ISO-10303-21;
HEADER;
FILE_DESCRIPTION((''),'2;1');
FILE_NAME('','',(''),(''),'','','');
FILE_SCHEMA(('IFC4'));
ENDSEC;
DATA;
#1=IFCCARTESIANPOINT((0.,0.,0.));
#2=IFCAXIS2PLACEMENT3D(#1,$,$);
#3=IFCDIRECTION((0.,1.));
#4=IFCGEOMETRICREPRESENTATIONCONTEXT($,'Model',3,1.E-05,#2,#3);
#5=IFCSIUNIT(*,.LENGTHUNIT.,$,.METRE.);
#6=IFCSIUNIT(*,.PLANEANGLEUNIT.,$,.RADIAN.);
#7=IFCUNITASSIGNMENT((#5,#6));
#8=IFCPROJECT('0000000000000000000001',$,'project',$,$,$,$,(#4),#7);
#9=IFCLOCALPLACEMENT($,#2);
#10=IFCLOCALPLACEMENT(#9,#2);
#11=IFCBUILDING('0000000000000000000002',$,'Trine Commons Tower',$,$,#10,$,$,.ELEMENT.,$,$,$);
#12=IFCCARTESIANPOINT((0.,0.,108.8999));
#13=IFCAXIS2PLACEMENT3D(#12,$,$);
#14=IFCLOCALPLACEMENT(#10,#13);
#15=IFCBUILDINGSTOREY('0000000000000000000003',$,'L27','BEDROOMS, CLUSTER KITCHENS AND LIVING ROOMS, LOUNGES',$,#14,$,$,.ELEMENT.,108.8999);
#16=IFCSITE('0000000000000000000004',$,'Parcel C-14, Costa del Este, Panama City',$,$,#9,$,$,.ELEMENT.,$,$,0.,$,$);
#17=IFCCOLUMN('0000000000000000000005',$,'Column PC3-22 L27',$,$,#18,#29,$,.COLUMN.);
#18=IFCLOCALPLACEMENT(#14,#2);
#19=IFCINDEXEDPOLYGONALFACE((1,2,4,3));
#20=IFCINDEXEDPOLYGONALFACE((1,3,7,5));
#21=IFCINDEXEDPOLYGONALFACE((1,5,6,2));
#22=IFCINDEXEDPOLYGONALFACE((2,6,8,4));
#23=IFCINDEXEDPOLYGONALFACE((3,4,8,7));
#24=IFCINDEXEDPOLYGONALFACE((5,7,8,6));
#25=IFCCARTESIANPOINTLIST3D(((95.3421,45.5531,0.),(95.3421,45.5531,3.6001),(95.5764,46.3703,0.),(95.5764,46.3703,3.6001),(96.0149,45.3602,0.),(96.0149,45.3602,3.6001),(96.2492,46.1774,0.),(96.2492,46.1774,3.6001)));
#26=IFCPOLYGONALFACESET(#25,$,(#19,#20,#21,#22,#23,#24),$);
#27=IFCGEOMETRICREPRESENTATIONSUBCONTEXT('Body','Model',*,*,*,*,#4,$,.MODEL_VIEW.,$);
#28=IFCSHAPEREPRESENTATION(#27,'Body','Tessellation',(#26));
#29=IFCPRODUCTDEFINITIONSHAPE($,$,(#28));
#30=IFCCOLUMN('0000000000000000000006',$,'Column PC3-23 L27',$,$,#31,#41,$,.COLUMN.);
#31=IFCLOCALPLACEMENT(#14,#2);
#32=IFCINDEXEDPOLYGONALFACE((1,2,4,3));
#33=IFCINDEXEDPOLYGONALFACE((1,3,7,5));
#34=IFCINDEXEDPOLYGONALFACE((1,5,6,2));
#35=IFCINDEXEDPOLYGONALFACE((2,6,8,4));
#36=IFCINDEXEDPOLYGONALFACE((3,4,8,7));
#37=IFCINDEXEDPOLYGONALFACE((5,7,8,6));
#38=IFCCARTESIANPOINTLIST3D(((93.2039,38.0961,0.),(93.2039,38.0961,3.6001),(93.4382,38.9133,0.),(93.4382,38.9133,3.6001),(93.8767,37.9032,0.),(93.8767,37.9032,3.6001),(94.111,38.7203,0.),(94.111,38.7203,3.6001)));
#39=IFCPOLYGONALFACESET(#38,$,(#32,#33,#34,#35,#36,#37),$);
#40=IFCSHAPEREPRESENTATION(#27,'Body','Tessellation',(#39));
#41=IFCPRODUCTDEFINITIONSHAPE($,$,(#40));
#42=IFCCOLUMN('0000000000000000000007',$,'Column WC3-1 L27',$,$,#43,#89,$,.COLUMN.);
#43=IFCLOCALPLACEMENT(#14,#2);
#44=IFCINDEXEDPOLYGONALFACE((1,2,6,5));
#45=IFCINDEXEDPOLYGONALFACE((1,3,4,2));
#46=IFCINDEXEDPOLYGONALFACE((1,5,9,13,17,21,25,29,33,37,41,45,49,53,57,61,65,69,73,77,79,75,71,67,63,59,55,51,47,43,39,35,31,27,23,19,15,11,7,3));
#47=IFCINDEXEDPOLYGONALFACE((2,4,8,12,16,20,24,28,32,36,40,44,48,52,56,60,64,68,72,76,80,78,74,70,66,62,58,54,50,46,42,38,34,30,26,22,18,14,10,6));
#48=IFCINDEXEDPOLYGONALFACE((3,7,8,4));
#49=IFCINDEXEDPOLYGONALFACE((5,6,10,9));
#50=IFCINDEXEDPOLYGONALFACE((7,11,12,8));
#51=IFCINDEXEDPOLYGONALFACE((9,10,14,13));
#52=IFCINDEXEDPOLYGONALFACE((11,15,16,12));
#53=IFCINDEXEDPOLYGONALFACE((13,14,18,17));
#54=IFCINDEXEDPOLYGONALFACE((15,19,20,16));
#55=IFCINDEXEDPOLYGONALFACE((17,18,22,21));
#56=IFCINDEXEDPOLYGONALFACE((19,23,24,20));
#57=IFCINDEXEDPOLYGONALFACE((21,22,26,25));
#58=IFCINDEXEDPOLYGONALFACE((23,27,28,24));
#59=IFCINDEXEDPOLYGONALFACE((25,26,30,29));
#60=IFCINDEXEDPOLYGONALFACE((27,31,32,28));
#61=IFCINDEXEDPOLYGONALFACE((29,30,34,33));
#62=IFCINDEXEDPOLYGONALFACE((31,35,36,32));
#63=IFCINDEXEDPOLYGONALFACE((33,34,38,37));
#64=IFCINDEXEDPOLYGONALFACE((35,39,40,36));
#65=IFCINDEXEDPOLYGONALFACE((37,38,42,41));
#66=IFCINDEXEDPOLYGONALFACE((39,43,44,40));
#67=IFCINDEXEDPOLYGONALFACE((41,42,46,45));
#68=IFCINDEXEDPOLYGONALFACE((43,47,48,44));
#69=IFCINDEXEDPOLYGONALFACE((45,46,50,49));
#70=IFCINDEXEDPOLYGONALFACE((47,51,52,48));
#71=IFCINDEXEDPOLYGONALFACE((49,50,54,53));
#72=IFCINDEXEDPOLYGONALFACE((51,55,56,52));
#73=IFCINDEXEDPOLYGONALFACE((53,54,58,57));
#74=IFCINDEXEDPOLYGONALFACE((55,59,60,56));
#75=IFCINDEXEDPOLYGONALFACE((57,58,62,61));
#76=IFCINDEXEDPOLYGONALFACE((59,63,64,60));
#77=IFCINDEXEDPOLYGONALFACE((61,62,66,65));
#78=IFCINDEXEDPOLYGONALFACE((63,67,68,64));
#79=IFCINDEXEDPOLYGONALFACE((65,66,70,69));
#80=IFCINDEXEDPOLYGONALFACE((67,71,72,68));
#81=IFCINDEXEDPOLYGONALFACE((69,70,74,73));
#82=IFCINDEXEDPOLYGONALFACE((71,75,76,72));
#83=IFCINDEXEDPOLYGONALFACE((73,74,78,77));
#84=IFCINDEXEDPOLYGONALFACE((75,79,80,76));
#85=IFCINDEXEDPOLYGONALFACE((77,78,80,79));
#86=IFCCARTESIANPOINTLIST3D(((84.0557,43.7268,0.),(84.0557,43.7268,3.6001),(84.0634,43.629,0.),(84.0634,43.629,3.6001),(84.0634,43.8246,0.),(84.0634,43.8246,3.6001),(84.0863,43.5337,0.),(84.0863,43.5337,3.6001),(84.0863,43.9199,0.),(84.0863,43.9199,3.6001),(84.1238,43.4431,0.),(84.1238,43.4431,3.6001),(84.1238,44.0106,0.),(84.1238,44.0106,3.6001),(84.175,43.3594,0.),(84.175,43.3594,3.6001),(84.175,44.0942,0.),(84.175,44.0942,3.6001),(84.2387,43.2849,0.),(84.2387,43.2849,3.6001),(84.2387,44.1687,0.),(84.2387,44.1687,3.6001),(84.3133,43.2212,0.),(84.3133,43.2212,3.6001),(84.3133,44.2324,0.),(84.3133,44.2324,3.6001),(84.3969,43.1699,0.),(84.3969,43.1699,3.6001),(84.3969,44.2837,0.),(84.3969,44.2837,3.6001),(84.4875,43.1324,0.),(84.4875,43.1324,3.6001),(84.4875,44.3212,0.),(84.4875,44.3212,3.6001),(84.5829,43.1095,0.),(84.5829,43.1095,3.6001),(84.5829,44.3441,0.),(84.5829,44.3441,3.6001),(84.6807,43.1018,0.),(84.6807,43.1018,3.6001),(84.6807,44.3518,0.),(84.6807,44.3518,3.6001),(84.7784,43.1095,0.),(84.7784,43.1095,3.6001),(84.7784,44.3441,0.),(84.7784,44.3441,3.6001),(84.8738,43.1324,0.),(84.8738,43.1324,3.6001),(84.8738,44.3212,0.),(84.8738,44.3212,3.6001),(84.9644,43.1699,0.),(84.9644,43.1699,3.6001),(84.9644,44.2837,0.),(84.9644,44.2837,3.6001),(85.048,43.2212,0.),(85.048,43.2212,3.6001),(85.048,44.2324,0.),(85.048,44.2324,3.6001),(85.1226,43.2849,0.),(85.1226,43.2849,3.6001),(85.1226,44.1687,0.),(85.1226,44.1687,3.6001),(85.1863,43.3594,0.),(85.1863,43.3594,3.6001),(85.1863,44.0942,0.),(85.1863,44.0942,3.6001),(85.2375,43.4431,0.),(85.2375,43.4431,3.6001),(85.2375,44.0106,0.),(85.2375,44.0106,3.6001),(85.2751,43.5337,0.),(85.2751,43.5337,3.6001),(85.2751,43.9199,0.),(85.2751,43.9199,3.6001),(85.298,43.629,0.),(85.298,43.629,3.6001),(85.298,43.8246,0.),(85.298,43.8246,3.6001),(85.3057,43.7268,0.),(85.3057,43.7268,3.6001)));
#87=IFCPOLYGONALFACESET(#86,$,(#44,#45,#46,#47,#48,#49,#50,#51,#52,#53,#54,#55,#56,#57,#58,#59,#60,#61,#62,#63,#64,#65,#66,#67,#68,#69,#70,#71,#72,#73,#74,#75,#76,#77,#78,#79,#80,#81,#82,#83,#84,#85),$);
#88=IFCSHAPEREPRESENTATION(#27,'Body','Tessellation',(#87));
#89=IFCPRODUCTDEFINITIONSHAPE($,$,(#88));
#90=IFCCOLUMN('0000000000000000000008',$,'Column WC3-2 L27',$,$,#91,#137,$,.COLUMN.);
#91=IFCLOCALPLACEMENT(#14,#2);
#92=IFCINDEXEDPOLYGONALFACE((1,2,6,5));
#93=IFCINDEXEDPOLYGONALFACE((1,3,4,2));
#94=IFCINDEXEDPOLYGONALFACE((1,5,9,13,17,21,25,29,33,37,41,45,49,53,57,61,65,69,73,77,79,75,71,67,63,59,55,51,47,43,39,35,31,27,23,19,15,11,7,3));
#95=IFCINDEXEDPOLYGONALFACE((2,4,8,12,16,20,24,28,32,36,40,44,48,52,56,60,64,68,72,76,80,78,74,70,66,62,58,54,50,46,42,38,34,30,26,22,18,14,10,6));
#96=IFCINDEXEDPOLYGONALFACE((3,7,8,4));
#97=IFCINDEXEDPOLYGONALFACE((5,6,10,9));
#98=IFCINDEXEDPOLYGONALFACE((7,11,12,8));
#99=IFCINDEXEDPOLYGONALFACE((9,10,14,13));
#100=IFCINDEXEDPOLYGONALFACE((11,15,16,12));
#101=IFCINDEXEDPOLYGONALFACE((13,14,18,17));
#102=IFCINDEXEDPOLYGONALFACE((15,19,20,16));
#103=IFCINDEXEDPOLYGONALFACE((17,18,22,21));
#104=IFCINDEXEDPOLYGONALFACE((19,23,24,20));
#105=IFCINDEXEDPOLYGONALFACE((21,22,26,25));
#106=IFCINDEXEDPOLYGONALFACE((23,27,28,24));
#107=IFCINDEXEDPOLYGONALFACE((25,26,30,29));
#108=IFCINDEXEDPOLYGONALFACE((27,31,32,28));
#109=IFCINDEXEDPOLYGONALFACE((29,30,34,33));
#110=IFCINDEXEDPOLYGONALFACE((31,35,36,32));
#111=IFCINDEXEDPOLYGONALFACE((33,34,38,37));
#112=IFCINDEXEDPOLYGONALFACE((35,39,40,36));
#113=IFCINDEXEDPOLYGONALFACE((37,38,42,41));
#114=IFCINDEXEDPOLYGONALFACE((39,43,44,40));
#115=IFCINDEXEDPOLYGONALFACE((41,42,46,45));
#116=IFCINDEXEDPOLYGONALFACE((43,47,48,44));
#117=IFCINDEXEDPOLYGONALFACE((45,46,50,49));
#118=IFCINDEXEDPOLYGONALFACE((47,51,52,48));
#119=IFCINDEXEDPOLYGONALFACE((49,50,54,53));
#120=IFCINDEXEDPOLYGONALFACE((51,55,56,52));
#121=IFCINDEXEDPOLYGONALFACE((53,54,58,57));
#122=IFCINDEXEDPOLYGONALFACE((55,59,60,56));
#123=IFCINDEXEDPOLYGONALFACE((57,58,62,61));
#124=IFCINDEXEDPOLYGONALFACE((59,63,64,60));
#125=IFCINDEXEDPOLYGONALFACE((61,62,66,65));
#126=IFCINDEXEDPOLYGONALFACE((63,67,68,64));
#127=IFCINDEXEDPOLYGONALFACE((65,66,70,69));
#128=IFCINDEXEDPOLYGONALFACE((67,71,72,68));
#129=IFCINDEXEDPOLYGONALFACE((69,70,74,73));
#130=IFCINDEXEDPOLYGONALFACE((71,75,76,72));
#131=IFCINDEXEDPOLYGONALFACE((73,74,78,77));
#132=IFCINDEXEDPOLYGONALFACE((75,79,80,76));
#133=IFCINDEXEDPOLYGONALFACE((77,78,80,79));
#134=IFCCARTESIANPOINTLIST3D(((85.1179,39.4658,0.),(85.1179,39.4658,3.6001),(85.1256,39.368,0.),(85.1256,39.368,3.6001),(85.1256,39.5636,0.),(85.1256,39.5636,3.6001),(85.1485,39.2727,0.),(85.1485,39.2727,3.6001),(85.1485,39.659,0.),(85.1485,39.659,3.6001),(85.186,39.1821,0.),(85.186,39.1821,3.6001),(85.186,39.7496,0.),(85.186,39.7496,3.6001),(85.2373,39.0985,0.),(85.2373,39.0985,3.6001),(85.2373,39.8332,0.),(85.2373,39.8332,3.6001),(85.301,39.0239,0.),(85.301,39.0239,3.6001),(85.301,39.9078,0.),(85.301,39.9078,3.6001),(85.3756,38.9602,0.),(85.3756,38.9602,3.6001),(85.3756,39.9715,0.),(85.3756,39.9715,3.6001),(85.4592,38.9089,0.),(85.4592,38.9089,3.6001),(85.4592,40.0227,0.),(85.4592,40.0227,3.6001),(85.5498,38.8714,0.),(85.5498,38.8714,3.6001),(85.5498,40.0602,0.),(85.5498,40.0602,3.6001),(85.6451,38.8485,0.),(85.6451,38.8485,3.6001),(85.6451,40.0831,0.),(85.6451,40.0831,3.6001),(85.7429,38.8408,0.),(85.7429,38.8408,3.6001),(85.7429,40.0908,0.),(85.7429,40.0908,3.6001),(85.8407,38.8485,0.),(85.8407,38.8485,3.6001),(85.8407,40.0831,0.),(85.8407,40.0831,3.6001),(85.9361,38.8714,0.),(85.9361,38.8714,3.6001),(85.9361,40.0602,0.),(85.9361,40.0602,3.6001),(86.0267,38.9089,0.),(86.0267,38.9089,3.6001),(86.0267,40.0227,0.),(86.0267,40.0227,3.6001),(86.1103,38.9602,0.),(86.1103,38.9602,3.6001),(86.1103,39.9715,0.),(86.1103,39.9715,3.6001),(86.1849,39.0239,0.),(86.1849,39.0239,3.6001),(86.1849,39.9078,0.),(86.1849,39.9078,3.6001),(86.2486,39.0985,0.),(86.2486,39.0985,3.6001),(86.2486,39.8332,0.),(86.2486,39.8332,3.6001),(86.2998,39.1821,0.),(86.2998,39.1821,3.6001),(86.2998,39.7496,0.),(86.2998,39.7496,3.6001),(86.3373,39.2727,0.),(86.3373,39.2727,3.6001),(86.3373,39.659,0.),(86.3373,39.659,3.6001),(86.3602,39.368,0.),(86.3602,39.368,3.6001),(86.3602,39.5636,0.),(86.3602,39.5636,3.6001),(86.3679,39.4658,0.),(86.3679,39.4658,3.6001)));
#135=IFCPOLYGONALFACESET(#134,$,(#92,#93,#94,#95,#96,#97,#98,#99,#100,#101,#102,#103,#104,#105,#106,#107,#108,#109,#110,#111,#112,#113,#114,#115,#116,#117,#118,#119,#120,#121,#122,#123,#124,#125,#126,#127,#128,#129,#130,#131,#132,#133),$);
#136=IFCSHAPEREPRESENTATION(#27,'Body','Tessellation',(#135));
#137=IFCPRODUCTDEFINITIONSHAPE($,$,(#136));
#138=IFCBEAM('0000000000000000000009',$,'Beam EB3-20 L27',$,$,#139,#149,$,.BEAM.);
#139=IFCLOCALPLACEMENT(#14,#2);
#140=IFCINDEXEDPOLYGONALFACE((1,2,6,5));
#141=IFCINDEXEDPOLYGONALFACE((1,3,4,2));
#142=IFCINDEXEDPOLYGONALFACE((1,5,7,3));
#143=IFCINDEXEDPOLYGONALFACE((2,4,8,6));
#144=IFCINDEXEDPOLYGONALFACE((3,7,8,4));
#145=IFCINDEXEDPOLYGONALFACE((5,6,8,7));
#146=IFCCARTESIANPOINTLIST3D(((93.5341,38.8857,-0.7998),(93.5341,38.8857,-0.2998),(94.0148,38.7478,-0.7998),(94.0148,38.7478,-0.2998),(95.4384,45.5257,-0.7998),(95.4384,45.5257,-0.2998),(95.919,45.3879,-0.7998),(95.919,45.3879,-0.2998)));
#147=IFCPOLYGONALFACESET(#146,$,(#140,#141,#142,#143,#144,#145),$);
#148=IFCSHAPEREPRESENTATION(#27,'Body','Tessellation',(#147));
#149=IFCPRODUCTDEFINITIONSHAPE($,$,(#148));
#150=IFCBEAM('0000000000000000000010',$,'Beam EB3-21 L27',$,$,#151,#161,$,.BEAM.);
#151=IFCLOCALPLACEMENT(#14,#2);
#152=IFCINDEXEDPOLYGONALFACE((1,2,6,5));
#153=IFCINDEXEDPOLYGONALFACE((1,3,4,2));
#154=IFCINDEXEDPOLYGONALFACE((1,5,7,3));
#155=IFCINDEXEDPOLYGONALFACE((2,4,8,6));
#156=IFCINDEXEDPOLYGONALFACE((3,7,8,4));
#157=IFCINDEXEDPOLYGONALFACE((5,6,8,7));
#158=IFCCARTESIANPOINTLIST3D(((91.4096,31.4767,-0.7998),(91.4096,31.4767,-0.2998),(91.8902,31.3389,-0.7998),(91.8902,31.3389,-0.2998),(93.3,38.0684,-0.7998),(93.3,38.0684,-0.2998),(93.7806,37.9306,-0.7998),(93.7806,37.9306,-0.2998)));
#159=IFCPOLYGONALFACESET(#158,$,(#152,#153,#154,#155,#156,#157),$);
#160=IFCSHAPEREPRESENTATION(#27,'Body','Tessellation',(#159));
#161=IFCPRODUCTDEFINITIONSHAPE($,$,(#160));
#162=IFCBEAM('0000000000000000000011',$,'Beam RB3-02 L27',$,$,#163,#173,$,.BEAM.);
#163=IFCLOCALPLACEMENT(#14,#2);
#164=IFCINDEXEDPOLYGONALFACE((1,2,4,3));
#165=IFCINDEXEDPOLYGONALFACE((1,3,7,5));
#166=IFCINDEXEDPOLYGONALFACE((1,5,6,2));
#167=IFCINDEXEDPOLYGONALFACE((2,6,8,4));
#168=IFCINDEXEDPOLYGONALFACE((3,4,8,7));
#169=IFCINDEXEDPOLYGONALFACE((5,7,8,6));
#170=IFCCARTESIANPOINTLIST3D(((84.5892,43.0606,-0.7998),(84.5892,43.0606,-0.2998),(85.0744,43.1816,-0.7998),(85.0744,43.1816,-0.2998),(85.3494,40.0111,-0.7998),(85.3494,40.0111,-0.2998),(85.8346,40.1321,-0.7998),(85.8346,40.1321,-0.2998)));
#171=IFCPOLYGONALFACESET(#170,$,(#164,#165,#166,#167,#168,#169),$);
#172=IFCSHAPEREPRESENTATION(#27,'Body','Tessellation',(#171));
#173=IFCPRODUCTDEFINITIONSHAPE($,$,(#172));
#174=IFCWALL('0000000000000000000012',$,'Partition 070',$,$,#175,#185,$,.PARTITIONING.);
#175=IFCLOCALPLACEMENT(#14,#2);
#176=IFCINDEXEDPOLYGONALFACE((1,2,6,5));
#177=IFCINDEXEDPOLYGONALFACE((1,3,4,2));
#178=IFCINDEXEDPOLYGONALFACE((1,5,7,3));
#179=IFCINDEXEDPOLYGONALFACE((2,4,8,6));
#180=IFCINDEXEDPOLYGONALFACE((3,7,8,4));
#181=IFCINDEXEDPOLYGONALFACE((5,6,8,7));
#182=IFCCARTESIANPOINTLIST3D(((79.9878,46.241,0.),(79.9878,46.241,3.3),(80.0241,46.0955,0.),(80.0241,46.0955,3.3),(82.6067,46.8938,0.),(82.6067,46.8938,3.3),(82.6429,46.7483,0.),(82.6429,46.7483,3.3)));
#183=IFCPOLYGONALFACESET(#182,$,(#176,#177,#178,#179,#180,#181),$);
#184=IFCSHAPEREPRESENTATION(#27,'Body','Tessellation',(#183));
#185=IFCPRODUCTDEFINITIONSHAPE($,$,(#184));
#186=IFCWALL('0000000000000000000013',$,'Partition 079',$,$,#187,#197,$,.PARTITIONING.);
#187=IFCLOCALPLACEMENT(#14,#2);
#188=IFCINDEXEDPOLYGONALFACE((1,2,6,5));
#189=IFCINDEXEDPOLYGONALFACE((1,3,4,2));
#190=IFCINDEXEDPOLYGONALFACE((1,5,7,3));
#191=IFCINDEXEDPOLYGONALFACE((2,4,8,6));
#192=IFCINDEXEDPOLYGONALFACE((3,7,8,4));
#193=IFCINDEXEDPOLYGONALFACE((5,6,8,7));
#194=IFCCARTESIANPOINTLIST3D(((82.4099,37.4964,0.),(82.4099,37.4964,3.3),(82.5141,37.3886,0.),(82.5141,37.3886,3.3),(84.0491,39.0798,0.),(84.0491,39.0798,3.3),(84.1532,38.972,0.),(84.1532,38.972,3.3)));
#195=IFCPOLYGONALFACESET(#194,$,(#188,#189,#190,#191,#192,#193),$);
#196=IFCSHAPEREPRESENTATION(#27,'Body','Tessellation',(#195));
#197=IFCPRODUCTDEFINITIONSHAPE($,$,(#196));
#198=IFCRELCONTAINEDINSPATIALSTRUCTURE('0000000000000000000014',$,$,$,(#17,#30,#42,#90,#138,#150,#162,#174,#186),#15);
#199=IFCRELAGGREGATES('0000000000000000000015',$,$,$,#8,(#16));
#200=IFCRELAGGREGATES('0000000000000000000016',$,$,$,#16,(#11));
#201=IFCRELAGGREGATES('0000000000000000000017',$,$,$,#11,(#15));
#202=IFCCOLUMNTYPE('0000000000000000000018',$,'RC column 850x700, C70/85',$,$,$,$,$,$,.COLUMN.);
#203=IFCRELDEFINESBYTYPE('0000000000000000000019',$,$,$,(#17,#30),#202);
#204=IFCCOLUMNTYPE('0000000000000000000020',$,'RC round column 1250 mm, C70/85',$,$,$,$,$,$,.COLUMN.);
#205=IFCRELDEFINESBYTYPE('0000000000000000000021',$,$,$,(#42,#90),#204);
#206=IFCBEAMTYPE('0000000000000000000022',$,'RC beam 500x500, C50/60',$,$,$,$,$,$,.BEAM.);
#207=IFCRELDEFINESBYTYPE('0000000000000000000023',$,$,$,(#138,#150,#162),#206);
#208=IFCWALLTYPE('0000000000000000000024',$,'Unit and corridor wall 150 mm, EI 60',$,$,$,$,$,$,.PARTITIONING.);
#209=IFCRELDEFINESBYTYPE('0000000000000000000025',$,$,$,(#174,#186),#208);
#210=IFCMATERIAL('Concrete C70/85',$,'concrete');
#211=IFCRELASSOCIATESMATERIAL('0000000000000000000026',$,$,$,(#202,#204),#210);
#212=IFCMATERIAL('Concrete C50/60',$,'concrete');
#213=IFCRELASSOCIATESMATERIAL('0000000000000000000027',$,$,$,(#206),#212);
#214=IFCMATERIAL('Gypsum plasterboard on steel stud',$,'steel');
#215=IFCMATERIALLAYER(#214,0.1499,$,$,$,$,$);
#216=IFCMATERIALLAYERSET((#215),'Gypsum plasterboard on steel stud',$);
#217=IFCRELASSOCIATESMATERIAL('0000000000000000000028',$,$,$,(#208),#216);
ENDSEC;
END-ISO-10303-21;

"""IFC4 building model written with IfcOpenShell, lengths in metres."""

from ifc_helpers import new_model, si_unit, direction, frame, frame_2d, origin, origin_2d, place, context, subcontext, project, spatial, rectangle, circle, extrude, material, layer, layer_set, material_profile, profile_set, type_object, element, save


model = new_model("IFC4")

# Units and contexts
model_context = context("Model", 3, precision=1e-05, world=origin(), true_north=direction((0.0, 1.0)))
body_context = subcontext(model_context, "Body", "Model", "MODEL_VIEW")
ifc_project = project(units=[si_unit("LENGTHUNIT", "METRE"), si_unit("PLANEANGLEUNIT", "RADIAN")], contexts=[model_context])

# Site, building, storey
site_placement = place(None, origin())
site = spatial("IfcSite", under=ifc_project, at=site_placement, Name="Parcel C-14, Costa del Este, Panama City", CompositionType="ELEMENT", RefElevation=0.0)
building_placement = place(site_placement, origin())
building = spatial("IfcBuilding", under=site, at=building_placement, Name="Trine Commons Tower", CompositionType="ELEMENT")
storey_placement = place(building_placement, frame((0.0, 0.0, 108.8999)))
storey = spatial("IfcBuildingStorey", under=building, at=storey_placement, Name="L27", Description="BEDROOMS, CLUSTER KITCHENS AND LIVING ROOMS, LOUNGES", CompositionType="ELEMENT", Elevation=108.8999)

# Columns
ifc_material_1 = material(Name="Concrete C70/85", Category="concrete")
ifc_material_profile_1 = material_profile(ifc_material_1, rectangle(XDim=0.8501, YDim=0.7, at=origin_2d()), Name="RC 850x700")
ifc_profile_set_1 = profile_set([ifc_material_profile_1], Name="Concrete C70/85")
column_type_1 = type_object("IfcColumnType", Name="RC column 850x700, C70/85", PredefinedType="COLUMN", material=ifc_profile_set_1)
for number, where, z_axis, x_axis, name in (
    (1, (95.7957, 45.8652, 0.0), (0.0, 0.0, 1.0), (0.275637, 0.961262, 0.0), "Column PC3-22 L27"),
    (2, (93.6575, 38.4082, 0.0), (0.0, 0.0, 1.0), (0.275637, 0.961262, 0.0), "Column PC3-23 L27"),
):
    element("IfcColumn", number, at=place(storey_placement, frame(where, z_axis=z_axis, x_axis=x_axis)), inside=storey, type_object=column_type_1, Name=name, PredefinedType="COLUMN", context=body_context, shape_type="SweptSolid", body=[
        extrude(rectangle(XDim=0.8501, YDim=0.7, at=origin_2d()), origin(), (0.0, 0.0, 1.0), 3.6001),
    ])
ifc_material_profile_2 = material_profile(ifc_material_1, circle(Radius=0.625, at=origin_2d()), Name="RC round 1250")
ifc_profile_set_2 = profile_set([ifc_material_profile_2], Name="Concrete C70/85")
column_type_2 = type_object("IfcColumnType", Name="RC round column 1250 mm, C70/85", PredefinedType="COLUMN", material=ifc_profile_set_2)
for number, where, z_axis, x_axis, name in (
    (3, (84.6807, 43.7268, 0.0), (0.0, 0.0, 1.0), (1.0, 0.0, 0.0), "Column WC3-1 L27"),
    (4, (85.7429, 39.4658, 0.0), (0.0, 0.0, 1.0), (1.0, 0.0, 0.0), "Column WC3-2 L27"),
):
    element("IfcColumn", number, at=place(storey_placement, frame(where, z_axis=z_axis, x_axis=x_axis)), inside=storey, type_object=column_type_2, Name=name, PredefinedType="COLUMN", context=body_context, shape_type="SweptSolid", body=[
        extrude(circle(Radius=0.625, at=origin_2d()), origin(), (0.0, 0.0, 1.0), 3.6001),
    ])

# Beams
ifc_material_2 = material(Name="Concrete C50/60", Category="concrete")
ifc_material_profile_3 = material_profile(ifc_material_2, rectangle(XDim=0.5, YDim=0.5, at=origin_2d()), Name="RC 500x500")
ifc_profile_set_3 = profile_set([ifc_material_profile_3], Name="Concrete C50/60")
beam_type = type_object("IfcBeamType", Name="RC beam 500x500, C50/60", PredefinedType="BEAM", material=ifc_profile_set_3)
beam_1_placement = place(storey_placement, frame((95.6787, 45.4568, -0.5498), z_axis=(-0.275673, -0.961251, 0.0), x_axis=(0.961251, -0.275673, 0.0)))
element("IfcBeam", 5, at=beam_1_placement, inside=storey, type_object=beam_type, Name="Beam EB3-20 L27", PredefinedType="BEAM", context=body_context, shape_type="SweptSolid", body=[
    extrude(rectangle(XDim=0.5, YDim=0.5, at=origin_2d()), origin(), (0.0, 0.0, 1.0), 6.9077),
])
beam_2_placement = place(storey_placement, frame((93.5403, 37.9995, -0.5498), z_axis=(-0.275666, -0.961253, 0.0), x_axis=(0.961253, -0.275666, 0.0)))
element("IfcBeam", 6, at=beam_2_placement, inside=storey, type_object=beam_type, Name="Beam EB3-21 L27", PredefinedType="BEAM", context=body_context, shape_type="SweptSolid", body=[
    extrude(rectangle(XDim=0.5, YDim=0.5, at=origin_2d()), origin(), (0.0, 0.0, 1.0), 6.8574),
])
beam_3_placement = place(storey_placement, frame((84.8318, 43.1211, -0.5498), z_axis=(0.241896, -0.970302, 0.0), x_axis=(0.970302, 0.241896, 0.0)))
element("IfcBeam", 7, at=beam_3_placement, inside=storey, type_object=beam_type, Name="Beam RB3-02 L27", PredefinedType="BEAM", context=body_context, shape_type="SweptSolid", body=[
    extrude(rectangle(XDim=0.5, YDim=0.5, at=origin_2d()), origin(), (0.0, 0.0, 1.0), 3.1428),
])

# Walls
ifc_material_3 = material(Name="Gypsum plasterboard on steel stud", Category="steel")
ifc_layer_1 = layer(ifc_material_3, 0.1499)
ifc_layer_set_1 = layer_set([ifc_layer_1], Name="Gypsum plasterboard on steel stud")
wall_type_1 = type_object("IfcWallType", Name="Unit and corridor wall 150 mm, EI 60", PredefinedType="PARTITIONING", material=ifc_layer_set_1)
wall_1_placement = place(storey_placement, frame((80.0059, 46.1682, 0.0), z_axis=(0.0, 0.0, 1.0), x_axis=(0.970307, 0.241876, 0.0)))
element("IfcWall", 8, at=wall_1_placement, inside=storey, type_object=wall_type_1, Name="Partition 070", PredefinedType="PARTITIONING", context=body_context, shape_type="SweptSolid", body=[
    extrude(rectangle(XDim=2.699, YDim=0.1499, at=frame_2d((1.3496, 0.0))), origin(), (0.0, 0.0, 1.0), 3.3),
])
wall_2_placement = place(storey_placement, frame((82.4619, 37.4424, 0.0), z_axis=(0.0, 0.0, 1.0), x_axis=(0.719213, 0.694789, 0.0)))
element("IfcWall", 9, at=wall_2_placement, inside=storey, type_object=wall_type_1, Name="Partition 079", PredefinedType="PARTITIONING", context=body_context, shape_type="SweptSolid", body=[
    extrude(rectangle(XDim=2.2791, YDim=0.1499, at=frame_2d((1.1396, 0.0))), origin(), (0.0, 0.0, 1.0), 3.3),
])

save(model, "model.ifc")
